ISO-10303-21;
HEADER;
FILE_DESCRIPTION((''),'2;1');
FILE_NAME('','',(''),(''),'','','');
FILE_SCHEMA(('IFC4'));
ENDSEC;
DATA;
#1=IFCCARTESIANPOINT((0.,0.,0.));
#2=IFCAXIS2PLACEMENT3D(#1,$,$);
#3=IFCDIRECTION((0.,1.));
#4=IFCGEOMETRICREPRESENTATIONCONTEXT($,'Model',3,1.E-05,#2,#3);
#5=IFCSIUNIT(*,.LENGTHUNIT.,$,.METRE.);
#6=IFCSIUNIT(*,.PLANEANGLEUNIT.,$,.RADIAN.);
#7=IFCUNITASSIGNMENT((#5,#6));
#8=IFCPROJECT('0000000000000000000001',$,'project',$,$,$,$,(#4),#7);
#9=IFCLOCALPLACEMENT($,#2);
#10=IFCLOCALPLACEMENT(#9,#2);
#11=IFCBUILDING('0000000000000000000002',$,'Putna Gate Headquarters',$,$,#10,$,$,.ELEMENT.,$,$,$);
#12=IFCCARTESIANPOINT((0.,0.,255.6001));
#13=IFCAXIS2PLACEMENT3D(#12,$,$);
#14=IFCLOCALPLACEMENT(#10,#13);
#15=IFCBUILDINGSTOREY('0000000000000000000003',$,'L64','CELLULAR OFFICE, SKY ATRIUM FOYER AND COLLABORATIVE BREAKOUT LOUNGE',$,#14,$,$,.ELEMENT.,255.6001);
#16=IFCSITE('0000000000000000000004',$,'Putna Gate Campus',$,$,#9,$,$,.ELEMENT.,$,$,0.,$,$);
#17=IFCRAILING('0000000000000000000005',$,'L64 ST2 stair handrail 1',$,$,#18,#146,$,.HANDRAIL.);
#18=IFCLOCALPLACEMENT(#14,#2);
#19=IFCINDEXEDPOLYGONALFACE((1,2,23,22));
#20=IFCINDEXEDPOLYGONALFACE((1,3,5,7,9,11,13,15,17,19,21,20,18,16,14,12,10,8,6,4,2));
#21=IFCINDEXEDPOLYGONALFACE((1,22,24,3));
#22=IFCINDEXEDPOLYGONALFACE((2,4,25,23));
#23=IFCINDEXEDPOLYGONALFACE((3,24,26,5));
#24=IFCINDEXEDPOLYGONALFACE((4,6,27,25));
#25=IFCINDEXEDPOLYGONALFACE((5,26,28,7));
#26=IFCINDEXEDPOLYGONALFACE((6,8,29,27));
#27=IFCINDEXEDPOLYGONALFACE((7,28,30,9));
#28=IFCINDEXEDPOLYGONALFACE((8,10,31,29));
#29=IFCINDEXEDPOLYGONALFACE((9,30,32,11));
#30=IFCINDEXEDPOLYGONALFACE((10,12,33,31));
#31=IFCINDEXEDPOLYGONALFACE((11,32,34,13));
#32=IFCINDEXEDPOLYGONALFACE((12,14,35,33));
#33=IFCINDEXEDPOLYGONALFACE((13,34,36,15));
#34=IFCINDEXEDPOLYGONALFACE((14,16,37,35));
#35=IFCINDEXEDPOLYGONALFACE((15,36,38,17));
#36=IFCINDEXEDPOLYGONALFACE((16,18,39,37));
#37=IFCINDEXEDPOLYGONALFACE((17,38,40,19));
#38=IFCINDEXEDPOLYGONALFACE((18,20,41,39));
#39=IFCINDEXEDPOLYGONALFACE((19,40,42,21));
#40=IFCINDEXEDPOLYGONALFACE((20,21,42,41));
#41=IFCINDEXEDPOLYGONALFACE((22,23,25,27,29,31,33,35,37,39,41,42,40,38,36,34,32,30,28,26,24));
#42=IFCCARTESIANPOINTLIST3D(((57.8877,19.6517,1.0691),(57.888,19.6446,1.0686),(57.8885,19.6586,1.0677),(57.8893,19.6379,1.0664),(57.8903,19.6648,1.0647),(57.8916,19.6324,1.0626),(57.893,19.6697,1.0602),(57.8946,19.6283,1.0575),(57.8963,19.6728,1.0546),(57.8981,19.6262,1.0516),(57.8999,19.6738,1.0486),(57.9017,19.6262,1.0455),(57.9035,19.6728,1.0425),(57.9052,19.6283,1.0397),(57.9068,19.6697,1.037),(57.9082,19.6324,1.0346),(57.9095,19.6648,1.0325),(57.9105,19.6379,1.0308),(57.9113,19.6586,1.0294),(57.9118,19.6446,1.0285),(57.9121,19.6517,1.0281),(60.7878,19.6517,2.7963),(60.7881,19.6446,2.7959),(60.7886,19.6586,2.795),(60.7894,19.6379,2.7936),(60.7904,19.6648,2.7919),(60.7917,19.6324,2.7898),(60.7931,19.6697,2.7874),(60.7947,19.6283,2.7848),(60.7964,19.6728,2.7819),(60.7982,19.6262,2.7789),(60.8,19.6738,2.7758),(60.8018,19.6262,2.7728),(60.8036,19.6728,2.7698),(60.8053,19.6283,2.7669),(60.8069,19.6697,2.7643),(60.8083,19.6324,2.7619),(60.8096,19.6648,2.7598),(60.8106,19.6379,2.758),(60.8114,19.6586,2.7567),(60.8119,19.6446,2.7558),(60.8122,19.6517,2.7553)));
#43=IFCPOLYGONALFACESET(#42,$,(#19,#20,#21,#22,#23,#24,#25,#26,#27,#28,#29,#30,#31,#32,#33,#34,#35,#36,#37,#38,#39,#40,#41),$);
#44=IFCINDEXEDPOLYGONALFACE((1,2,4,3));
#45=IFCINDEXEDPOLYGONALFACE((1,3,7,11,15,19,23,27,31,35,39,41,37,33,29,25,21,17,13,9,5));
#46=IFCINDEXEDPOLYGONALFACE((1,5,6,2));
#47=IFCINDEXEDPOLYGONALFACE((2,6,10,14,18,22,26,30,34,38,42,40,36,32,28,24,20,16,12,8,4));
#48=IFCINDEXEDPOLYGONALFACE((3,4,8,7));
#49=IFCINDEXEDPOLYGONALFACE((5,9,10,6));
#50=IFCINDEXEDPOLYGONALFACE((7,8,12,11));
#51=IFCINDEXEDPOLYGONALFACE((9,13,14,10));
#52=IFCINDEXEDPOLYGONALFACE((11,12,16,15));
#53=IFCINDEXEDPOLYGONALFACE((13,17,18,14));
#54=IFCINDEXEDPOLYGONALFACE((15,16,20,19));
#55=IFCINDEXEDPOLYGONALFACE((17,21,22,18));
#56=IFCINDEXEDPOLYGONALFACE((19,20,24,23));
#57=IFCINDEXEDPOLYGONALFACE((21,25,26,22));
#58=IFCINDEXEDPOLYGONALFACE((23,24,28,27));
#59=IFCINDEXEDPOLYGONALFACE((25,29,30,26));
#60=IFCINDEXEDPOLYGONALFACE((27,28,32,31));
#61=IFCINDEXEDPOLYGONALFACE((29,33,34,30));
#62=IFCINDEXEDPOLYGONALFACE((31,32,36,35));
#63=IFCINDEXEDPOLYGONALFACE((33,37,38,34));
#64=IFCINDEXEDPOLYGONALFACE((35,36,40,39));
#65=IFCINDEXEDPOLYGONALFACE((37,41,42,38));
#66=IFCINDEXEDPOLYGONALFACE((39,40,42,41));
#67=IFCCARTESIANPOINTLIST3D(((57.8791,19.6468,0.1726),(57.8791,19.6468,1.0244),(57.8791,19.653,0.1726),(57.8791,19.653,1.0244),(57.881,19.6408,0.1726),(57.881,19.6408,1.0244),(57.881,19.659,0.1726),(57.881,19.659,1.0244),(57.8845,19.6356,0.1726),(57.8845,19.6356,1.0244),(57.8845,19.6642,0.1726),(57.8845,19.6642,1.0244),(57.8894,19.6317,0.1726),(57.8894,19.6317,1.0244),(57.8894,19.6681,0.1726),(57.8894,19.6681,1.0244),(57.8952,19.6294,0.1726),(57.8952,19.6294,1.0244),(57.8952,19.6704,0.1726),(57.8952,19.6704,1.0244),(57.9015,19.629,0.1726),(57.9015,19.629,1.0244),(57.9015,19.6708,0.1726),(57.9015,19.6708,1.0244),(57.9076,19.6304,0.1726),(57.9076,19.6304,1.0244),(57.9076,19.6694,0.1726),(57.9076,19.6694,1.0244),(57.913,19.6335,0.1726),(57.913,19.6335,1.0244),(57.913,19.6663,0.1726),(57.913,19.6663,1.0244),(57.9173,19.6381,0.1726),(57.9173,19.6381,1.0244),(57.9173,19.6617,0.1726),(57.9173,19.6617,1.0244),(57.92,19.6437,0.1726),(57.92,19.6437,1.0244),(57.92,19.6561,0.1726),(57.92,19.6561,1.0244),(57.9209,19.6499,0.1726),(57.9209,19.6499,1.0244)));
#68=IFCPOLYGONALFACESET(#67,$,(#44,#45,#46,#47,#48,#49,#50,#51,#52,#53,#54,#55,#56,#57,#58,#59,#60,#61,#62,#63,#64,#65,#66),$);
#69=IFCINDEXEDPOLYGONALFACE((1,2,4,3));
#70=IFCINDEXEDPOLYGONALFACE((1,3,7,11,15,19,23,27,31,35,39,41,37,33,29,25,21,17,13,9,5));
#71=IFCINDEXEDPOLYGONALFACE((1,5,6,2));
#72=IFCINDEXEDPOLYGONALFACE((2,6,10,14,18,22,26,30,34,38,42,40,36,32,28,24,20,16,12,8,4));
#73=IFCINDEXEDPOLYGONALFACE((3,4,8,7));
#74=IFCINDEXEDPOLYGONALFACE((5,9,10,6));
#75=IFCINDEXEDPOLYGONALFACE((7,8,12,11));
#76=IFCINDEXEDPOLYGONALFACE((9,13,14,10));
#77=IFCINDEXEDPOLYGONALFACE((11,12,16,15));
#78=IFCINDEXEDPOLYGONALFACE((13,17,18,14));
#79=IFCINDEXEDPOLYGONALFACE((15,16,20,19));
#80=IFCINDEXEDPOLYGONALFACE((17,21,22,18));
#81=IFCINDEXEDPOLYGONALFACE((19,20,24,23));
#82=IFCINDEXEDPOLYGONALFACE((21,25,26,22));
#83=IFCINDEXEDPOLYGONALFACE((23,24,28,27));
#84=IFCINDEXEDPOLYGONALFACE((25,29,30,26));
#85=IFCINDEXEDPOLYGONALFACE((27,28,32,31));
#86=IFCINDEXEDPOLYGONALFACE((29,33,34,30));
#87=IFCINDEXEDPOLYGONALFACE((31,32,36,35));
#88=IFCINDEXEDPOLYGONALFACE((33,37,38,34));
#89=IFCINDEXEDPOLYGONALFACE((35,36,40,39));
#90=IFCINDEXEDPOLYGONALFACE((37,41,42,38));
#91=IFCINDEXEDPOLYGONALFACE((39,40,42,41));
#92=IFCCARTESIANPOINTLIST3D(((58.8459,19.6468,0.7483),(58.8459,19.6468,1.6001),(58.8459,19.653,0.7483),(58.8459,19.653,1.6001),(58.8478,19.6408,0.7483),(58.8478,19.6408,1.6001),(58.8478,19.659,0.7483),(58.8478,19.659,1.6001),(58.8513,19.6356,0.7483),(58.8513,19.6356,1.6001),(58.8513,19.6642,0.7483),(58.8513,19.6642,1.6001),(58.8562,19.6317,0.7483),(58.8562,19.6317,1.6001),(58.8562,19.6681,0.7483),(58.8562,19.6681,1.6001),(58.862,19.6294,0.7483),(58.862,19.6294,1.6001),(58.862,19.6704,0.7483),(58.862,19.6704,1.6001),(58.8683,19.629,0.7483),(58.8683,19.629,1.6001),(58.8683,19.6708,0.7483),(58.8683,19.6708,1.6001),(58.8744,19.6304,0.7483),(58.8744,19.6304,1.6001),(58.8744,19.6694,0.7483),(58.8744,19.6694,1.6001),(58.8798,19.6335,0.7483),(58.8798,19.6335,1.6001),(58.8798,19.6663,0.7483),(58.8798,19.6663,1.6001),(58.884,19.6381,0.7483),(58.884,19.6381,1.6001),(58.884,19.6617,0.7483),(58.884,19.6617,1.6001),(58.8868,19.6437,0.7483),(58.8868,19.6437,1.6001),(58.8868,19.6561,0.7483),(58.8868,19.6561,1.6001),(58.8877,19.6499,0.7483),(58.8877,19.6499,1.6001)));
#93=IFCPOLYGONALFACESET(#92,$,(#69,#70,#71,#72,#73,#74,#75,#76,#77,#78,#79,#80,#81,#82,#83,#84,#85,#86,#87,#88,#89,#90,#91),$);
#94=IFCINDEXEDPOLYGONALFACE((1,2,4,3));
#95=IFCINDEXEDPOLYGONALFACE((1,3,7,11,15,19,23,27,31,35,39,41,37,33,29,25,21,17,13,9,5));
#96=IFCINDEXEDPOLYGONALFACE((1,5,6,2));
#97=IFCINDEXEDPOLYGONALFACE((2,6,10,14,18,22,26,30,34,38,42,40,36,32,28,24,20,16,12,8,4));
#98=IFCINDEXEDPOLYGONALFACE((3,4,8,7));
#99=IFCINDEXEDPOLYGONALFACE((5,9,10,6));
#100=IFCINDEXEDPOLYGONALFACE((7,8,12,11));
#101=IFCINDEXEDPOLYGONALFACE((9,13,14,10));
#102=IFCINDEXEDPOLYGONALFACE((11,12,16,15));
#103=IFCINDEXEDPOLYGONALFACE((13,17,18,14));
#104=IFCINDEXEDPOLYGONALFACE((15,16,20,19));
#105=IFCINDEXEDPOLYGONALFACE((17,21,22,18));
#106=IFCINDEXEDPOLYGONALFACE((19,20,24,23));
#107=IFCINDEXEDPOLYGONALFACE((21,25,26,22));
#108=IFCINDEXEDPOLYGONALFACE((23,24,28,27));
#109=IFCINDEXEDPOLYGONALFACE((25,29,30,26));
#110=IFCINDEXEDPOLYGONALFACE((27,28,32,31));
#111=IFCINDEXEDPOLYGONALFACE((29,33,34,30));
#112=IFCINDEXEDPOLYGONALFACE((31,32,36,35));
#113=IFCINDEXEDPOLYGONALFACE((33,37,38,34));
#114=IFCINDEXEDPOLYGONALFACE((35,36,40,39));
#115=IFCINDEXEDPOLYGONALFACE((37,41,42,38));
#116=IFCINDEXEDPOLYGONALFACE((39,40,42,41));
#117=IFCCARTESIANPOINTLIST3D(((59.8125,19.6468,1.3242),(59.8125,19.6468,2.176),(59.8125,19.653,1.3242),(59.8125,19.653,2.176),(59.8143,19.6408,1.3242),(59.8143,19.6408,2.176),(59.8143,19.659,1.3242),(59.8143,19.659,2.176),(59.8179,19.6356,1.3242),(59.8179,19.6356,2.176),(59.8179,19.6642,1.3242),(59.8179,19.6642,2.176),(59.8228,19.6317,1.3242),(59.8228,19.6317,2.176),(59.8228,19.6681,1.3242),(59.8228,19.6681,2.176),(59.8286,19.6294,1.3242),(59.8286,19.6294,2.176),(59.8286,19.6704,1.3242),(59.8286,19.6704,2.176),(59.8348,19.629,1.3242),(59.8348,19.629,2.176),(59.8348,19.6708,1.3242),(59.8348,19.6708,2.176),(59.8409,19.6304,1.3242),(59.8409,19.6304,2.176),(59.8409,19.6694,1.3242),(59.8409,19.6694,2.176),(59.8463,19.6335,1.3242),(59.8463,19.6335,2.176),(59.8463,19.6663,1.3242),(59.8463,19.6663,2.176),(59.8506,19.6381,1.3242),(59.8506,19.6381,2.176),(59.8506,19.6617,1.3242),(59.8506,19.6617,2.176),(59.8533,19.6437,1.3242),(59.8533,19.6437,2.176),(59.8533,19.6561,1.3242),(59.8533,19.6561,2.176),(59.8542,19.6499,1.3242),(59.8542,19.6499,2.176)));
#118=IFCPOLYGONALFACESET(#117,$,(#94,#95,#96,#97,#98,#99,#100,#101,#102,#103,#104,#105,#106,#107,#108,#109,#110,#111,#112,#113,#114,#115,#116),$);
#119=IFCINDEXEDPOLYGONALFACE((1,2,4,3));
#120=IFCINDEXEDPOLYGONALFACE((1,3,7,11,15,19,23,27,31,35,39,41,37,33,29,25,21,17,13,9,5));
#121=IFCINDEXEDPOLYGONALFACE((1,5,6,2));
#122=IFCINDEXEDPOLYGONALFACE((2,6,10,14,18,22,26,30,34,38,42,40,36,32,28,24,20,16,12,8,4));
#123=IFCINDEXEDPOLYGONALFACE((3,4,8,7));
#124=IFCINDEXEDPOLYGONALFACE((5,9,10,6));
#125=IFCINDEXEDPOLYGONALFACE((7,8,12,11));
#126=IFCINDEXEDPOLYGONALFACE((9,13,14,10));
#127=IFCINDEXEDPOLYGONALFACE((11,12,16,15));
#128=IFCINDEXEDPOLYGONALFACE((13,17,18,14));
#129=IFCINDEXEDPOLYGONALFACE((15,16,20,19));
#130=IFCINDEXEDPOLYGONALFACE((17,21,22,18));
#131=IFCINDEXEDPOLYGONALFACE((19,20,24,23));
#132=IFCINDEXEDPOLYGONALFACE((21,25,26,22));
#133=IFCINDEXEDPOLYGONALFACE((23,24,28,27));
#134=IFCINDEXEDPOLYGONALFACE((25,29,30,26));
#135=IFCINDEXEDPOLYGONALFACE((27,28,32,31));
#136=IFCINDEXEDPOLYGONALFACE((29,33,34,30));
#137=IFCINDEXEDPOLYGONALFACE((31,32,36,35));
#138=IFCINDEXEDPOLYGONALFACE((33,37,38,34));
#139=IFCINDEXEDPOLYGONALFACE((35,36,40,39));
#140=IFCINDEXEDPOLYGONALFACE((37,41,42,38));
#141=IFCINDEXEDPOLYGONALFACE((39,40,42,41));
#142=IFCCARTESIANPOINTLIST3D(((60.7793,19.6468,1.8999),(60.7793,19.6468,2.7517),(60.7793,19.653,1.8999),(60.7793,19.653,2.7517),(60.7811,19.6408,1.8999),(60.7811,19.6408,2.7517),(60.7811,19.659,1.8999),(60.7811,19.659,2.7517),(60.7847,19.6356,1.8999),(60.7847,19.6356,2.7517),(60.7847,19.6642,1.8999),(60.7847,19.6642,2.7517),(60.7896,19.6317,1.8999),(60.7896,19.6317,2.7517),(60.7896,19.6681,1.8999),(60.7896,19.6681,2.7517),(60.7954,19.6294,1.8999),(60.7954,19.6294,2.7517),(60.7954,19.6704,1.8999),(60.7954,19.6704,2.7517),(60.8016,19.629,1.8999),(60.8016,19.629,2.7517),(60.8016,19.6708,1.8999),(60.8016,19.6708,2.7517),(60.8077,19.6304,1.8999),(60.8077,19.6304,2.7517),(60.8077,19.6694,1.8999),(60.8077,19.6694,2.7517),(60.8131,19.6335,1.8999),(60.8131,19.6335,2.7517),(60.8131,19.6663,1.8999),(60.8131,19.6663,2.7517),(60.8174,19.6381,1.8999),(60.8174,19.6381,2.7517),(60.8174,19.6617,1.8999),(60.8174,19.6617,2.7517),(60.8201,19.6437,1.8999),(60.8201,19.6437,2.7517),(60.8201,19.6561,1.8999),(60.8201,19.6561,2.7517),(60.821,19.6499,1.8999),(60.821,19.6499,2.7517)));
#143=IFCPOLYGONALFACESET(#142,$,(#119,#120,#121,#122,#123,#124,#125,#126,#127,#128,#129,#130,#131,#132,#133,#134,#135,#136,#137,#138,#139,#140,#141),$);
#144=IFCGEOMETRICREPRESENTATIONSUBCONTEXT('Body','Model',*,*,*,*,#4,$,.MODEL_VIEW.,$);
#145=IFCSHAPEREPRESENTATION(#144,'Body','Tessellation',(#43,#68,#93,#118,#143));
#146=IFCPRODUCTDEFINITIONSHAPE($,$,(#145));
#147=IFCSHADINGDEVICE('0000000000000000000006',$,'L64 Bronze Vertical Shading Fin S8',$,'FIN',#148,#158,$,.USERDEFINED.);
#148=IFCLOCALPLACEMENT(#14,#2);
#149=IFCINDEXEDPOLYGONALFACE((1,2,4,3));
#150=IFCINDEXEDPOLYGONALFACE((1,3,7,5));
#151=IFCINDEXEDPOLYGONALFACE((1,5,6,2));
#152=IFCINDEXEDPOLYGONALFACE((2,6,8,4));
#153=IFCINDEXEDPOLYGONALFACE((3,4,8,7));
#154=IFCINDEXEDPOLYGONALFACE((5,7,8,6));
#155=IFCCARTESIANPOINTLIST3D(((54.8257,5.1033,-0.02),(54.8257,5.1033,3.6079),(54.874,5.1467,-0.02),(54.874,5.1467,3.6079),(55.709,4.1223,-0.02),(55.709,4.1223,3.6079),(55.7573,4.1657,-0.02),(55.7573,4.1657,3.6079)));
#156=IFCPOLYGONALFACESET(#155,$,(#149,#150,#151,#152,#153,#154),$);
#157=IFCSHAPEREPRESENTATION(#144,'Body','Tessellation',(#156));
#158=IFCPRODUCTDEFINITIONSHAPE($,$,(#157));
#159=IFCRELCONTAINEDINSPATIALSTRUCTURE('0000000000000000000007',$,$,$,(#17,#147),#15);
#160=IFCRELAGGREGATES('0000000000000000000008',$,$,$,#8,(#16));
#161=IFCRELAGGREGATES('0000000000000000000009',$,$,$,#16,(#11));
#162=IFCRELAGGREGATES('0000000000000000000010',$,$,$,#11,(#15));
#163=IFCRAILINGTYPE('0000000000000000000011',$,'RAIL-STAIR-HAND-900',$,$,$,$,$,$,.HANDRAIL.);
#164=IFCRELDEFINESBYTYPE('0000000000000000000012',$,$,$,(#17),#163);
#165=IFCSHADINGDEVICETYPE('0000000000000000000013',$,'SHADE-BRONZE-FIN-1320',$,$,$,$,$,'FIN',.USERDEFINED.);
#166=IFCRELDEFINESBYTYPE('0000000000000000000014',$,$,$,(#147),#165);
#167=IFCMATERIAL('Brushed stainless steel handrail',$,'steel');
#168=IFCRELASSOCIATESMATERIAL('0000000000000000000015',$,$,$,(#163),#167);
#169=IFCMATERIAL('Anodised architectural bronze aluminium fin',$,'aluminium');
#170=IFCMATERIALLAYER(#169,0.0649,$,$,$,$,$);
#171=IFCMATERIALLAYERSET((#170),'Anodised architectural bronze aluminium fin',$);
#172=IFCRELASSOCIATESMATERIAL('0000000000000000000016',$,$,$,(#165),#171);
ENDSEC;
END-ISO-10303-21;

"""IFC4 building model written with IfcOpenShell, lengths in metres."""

from ifc_helpers import new_model, si_unit, direction, frame, origin, origin_2d, place, context, subcontext, project, spatial, rectangle, circle, extrude, material, layer, layer_set, type_object, element, save


model = new_model("IFC4")

# Units and contexts
model_context = context("Model", 3, precision=1e-05, world=origin(), true_north=direction((0.0, 1.0)))
body_context = subcontext(model_context, "Body", "Model", "MODEL_VIEW")
ifc_project = project(units=[si_unit("LENGTHUNIT", "METRE"), si_unit("PLANEANGLEUNIT", "RADIAN")], contexts=[model_context])

# Site, building, storey
site_placement = place(None, origin())
site = spatial("IfcSite", under=ifc_project, at=site_placement, Name="Putna Gate Campus", CompositionType="ELEMENT", RefElevation=0.0)
building_placement = place(site_placement, origin())
building = spatial("IfcBuilding", under=site, at=building_placement, Name="Putna Gate Headquarters", CompositionType="ELEMENT")
storey_placement = place(building_placement, frame((0.0, 0.0, 255.6001)))
storey = spatial("IfcBuildingStorey", under=building, at=storey_placement, Name="L64", Description="CELLULAR OFFICE, SKY ATRIUM FOYER AND COLLABORATIVE BREAKOUT LOUNGE", CompositionType="ELEMENT", Elevation=255.6001)

# Railing
ifc_material_1 = material(Name="Brushed stainless steel handrail", Category="steel")
railing_type_1 = type_object("IfcRailingType", Name="RAIL-STAIR-HAND-900", PredefinedType="HANDRAIL", material=ifc_material_1)
railing_1_placement = place(storey_placement, frame((57.8999, 19.6499, 0.1726)))
element("IfcRailing", 1, at=railing_1_placement, inside=storey, type_object=railing_type_1, Name="L64 ST2 stair handrail 1", PredefinedType="HANDRAIL", context=body_context, shape_type="SweptSolid", body=[
    extrude(circle(Radius=0.0239, at=origin_2d()), frame((0.0, 0.0, 0.876), z_axis=(0.85916, 0.0, 0.511706), x_axis=(0.0, 1.0, 0.0)), (0.0, 0.0, 1.0), 3.3755),
    extrude(circle(Radius=0.021, at=origin_2d()), origin(), (0.0, 0.0, 1.0), 0.8518),
    extrude(circle(Radius=0.021, at=origin_2d()), frame((0.9668, 0.0, 0.5757)), (0.0, 0.0, 1.0), 0.8518),
    extrude(circle(Radius=0.021, at=origin_2d()), frame((1.9333, 0.0, 1.1516)), (0.0, 0.0, 1.0), 0.8518),
    extrude(circle(Radius=0.021, at=origin_2d()), frame((2.9001, 0.0, 1.7273)), (0.0, 0.0, 1.0), 0.8518),
])

# Shading device
ifc_material_2 = material(Name="Anodised architectural bronze aluminium fin", Category="aluminium")
ifc_layer_1 = layer(ifc_material_2, 0.0649)
ifc_layer_set_1 = layer_set([ifc_layer_1], Name="Anodised architectural bronze aluminium fin")
shading_device_type = type_object("IfcShadingDeviceType", Name="SHADE-BRONZE-FIN-1320", ElementType="FIN", PredefinedType="USERDEFINED", material=ifc_layer_set_1)
shading_device_placement = place(storey_placement, frame((55.2915, 4.6345, -0.02), z_axis=(0.0, 0.0, 1.0), x_axis=(0.669131, -0.743145, 0.0)))
element("IfcShadingDevice", 2, at=shading_device_placement, inside=storey, type_object=shading_device_type, Name="L64 Bronze Vertical Shading Fin S8", ObjectType="FIN", PredefinedType="USERDEFINED", context=body_context, shape_type="SweptSolid", body=[
    extrude(rectangle(XDim=1.3201, YDim=0.0649, at=origin_2d()), origin(), (0.0, 0.0, 1.0), 3.6279),
])

save(model, "model.ifc")
